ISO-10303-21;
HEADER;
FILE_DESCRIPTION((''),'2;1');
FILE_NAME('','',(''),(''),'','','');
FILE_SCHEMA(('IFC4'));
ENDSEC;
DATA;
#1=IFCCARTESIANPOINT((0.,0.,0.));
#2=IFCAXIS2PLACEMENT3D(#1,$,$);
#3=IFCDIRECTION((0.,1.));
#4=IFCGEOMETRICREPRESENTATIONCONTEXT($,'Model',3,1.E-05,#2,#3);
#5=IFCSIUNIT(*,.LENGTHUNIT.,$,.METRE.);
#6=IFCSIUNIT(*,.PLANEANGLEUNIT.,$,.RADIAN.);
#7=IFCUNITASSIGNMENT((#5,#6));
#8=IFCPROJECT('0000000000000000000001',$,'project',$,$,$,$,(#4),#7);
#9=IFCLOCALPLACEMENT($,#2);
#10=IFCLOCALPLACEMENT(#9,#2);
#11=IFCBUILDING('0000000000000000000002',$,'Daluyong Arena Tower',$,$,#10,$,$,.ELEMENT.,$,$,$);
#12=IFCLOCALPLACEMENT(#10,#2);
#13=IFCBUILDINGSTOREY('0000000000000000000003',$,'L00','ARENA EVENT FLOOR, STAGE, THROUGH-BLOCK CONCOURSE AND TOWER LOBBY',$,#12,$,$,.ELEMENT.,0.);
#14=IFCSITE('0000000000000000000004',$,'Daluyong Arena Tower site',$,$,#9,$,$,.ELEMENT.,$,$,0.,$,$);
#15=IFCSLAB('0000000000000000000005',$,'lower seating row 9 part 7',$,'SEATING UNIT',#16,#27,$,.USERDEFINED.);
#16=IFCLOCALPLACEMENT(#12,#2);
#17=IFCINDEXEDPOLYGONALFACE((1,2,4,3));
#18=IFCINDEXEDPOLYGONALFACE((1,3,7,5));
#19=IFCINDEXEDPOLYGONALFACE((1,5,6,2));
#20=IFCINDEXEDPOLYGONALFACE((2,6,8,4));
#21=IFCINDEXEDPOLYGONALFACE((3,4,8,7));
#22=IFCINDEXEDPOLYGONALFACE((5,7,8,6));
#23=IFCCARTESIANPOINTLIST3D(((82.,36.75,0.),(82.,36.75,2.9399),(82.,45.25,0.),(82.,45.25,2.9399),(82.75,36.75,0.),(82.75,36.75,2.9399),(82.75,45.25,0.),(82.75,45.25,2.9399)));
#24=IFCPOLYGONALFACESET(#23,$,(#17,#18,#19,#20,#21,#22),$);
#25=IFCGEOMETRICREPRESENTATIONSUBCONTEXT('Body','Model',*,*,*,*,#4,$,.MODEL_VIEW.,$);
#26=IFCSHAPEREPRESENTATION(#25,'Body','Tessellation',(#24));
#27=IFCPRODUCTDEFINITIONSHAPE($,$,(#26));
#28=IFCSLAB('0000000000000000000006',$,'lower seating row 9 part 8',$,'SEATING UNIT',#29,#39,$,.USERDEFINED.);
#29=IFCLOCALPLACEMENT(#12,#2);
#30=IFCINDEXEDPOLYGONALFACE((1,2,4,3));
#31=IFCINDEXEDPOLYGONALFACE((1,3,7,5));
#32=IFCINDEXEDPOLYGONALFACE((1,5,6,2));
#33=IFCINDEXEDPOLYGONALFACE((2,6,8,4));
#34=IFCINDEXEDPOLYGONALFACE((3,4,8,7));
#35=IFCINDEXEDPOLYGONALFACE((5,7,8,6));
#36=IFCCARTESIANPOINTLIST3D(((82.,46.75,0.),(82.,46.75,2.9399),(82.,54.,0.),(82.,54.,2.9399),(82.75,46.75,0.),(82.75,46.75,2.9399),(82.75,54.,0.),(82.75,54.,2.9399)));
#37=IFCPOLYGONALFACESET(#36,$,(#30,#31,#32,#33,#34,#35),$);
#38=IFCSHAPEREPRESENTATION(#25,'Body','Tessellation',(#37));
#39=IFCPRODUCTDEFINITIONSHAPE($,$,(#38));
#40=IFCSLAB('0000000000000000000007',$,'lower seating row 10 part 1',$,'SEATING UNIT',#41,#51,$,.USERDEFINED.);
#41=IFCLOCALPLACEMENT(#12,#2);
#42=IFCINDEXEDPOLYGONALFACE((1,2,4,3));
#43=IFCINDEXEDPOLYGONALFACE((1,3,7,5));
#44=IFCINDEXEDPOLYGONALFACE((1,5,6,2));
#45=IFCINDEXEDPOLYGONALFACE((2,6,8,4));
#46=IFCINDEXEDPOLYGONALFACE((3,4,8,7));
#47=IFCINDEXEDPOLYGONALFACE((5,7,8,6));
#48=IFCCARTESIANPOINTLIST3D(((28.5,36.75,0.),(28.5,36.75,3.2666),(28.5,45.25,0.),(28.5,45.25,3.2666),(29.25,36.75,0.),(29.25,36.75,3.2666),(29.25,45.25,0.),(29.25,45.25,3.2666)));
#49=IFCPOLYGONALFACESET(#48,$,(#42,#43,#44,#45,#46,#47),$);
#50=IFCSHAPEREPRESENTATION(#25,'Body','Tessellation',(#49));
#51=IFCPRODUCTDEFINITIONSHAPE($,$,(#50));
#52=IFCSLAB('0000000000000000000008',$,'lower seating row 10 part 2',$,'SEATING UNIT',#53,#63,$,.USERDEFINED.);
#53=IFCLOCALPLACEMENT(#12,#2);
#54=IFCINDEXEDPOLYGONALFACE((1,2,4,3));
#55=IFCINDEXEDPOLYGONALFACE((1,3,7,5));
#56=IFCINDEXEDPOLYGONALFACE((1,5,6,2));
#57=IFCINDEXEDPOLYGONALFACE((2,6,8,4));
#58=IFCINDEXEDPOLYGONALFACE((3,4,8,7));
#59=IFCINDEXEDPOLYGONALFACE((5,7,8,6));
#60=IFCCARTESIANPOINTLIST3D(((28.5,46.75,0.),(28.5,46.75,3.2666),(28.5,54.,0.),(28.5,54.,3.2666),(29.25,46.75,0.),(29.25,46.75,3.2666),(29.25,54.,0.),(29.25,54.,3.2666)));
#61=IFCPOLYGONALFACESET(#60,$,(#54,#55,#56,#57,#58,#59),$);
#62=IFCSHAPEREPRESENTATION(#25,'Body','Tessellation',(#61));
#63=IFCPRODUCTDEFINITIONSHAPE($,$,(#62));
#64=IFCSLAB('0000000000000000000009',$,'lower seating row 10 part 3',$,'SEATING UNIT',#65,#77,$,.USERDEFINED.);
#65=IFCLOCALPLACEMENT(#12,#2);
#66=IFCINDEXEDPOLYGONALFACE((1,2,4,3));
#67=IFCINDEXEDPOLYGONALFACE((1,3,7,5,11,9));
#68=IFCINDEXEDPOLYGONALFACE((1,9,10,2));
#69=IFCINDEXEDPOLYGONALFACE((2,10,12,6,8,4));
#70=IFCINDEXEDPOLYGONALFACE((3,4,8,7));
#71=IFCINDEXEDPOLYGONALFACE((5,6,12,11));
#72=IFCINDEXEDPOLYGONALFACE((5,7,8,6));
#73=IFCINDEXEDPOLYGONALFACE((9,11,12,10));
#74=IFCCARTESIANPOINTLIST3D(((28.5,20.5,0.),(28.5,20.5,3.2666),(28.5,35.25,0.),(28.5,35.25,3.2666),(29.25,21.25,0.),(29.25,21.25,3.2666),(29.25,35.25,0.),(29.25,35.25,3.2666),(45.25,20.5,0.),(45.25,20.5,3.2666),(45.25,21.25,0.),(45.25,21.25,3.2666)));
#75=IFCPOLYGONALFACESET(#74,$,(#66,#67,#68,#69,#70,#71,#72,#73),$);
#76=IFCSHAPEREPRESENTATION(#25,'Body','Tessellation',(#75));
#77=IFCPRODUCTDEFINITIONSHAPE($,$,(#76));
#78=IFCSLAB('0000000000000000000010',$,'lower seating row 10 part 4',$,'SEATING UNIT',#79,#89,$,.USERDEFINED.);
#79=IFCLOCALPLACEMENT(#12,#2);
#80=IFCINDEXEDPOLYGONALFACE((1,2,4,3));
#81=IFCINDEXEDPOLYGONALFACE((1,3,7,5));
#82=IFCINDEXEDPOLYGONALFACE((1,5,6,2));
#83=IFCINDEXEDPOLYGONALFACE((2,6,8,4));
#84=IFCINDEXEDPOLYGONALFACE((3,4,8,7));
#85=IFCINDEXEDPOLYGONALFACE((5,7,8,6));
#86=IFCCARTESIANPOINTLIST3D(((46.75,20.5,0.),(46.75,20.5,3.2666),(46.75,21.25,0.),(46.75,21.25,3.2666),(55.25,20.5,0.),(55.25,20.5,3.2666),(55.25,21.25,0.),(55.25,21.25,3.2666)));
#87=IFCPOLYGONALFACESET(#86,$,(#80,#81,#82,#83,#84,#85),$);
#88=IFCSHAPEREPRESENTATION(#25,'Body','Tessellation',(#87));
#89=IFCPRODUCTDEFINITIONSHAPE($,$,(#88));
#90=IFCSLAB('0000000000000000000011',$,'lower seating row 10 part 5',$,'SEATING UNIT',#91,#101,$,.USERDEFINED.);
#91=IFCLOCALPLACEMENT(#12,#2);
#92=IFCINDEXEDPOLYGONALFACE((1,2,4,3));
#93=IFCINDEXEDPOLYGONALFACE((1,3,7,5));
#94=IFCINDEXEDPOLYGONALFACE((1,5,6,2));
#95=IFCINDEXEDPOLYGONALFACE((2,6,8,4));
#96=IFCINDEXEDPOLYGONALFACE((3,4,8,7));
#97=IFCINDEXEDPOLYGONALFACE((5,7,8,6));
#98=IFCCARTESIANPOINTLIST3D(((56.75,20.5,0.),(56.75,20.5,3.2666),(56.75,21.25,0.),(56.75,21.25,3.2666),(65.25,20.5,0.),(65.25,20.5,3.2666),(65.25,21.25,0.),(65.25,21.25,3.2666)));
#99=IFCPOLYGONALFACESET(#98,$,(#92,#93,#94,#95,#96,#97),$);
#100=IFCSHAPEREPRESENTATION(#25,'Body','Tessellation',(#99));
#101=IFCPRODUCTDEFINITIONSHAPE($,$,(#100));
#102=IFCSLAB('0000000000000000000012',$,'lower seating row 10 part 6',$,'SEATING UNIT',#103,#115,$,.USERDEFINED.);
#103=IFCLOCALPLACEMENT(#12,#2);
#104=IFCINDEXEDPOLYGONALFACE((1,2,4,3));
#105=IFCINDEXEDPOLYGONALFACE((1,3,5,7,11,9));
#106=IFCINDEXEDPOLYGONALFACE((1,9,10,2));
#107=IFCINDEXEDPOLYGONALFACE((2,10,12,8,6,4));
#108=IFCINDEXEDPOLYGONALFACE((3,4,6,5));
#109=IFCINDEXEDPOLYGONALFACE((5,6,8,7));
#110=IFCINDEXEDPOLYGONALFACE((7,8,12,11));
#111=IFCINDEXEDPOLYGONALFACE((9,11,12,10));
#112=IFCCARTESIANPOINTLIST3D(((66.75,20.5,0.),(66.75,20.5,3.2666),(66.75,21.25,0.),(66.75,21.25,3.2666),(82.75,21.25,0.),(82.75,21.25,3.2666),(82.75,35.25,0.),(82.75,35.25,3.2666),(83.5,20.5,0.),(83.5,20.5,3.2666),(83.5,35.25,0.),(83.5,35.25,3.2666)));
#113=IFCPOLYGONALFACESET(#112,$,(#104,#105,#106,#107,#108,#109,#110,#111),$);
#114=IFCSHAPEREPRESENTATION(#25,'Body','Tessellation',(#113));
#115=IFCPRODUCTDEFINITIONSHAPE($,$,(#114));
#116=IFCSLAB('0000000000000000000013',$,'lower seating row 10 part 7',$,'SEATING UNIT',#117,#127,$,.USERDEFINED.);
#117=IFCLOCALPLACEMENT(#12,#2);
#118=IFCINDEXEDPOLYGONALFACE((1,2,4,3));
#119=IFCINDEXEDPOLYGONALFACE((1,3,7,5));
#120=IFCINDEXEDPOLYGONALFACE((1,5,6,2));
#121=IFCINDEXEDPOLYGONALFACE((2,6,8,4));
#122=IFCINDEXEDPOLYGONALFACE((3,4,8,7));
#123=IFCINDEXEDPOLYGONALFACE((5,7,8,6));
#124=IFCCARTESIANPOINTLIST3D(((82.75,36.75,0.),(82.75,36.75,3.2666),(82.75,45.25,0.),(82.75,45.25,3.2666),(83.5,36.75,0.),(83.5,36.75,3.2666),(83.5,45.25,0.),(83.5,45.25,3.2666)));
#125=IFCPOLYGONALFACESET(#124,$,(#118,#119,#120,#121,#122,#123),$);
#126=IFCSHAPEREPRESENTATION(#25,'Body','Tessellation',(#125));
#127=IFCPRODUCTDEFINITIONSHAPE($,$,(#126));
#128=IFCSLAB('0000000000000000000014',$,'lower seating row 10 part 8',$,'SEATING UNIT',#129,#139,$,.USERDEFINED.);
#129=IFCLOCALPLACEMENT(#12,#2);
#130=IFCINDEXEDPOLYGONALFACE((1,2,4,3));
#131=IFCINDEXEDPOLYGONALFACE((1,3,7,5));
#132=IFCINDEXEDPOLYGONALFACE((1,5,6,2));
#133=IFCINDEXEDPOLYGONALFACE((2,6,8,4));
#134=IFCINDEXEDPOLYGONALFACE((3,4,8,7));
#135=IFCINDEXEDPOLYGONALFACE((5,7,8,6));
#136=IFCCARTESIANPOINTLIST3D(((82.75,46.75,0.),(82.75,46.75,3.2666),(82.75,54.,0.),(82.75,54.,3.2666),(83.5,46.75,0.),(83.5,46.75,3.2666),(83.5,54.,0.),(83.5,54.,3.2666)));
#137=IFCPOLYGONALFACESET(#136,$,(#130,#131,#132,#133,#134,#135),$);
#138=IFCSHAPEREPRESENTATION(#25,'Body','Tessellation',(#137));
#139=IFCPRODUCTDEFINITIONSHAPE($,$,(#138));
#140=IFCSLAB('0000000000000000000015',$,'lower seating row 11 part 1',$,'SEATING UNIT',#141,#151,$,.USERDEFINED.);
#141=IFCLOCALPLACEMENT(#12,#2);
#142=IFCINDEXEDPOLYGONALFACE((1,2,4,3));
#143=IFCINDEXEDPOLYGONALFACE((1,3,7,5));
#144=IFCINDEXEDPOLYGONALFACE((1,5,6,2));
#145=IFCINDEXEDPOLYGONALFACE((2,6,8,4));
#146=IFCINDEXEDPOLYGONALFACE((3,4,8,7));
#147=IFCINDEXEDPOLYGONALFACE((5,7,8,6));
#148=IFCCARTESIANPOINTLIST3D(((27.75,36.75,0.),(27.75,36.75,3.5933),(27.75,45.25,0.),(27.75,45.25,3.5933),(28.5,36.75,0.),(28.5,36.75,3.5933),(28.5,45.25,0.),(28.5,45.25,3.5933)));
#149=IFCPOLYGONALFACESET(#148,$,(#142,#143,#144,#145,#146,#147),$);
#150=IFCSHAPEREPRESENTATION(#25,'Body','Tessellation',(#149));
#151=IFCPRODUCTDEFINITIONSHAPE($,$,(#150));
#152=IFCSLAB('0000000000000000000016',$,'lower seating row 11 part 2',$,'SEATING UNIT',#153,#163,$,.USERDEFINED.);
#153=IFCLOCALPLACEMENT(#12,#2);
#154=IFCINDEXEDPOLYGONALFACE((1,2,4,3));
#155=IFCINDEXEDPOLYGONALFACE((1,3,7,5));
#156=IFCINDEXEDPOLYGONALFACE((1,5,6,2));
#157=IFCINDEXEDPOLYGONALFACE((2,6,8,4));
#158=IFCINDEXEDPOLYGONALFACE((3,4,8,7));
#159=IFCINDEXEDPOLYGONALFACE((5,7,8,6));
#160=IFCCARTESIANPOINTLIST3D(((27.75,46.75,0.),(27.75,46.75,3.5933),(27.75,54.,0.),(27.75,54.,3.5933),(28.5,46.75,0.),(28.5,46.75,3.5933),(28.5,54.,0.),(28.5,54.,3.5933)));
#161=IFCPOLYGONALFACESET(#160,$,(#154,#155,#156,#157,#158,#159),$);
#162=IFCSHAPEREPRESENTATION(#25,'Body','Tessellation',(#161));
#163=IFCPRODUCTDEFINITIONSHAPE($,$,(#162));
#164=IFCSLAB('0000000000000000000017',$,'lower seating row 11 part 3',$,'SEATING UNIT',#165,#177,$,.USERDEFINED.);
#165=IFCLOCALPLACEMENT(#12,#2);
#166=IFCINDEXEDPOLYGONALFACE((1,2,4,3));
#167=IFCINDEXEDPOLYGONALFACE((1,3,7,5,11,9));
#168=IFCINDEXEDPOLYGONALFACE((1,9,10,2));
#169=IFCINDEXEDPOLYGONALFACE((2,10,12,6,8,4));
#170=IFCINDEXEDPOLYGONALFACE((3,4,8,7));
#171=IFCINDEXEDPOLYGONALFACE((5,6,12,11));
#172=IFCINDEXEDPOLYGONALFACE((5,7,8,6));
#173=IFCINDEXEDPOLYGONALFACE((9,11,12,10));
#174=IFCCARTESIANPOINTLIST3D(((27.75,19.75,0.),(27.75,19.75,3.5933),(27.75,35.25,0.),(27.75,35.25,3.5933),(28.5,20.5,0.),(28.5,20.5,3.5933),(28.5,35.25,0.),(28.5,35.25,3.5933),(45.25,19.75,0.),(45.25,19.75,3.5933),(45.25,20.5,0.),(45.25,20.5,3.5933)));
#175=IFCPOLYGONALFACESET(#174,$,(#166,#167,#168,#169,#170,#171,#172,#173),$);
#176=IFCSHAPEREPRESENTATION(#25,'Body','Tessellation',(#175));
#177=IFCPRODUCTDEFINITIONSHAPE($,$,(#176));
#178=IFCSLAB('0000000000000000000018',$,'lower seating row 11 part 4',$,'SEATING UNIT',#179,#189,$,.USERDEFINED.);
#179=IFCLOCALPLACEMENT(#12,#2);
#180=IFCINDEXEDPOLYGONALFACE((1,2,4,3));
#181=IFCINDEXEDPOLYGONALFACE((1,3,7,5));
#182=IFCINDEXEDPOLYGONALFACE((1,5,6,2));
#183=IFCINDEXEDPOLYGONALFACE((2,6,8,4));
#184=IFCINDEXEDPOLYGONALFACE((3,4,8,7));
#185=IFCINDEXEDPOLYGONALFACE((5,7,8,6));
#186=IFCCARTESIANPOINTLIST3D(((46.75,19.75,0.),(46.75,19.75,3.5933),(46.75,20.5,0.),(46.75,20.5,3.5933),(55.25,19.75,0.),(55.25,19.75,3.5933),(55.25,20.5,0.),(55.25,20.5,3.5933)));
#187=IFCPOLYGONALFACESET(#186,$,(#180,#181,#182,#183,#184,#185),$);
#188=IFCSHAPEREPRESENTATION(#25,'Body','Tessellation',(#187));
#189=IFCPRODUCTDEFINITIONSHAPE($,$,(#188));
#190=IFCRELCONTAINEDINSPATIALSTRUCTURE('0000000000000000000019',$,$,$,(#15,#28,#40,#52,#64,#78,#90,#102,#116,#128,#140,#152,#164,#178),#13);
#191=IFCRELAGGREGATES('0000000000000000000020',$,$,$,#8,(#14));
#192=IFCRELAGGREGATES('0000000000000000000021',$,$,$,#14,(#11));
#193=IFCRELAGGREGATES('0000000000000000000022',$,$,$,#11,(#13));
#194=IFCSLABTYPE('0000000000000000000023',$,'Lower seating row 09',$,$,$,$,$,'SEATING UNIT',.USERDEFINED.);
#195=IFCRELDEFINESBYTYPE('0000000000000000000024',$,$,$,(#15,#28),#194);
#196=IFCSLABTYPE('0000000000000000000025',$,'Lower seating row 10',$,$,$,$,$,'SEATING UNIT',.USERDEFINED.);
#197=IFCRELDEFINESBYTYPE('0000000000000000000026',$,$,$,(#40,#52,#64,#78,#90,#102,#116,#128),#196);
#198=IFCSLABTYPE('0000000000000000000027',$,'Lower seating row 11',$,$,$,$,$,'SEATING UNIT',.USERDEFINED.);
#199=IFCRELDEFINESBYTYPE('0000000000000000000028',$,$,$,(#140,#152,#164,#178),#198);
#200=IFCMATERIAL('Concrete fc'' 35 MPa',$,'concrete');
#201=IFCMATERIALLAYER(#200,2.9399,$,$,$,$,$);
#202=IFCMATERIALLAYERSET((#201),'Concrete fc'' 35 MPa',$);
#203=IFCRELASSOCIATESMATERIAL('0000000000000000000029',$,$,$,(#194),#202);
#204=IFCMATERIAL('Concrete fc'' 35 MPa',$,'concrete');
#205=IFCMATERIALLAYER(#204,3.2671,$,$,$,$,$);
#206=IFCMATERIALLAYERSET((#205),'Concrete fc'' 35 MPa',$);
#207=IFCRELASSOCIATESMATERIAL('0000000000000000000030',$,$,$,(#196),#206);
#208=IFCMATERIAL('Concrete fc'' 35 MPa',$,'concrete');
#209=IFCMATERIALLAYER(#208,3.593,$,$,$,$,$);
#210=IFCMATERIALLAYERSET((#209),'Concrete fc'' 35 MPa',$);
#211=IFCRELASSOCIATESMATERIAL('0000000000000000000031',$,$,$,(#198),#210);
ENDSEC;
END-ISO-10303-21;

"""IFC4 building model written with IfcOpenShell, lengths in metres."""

from ifc_helpers import new_model, si_unit, direction, origin, place, context, subcontext, project, spatial, polyline, outline, extrude, material, layer, layer_set, type_object, element, save


model = new_model("IFC4")

# Units and contexts
model_context = context("Model", 3, precision=1e-05, world=origin(), true_north=direction((0.0, 1.0)))
body_context = subcontext(model_context, "Body", "Model", "MODEL_VIEW")
ifc_project = project(units=[si_unit("LENGTHUNIT", "METRE"), si_unit("PLANEANGLEUNIT", "RADIAN")], contexts=[model_context])

# Site, building, storey
site_placement = place(None, origin())
site = spatial("IfcSite", under=ifc_project, at=site_placement, Name="Daluyong Arena Tower site", CompositionType="ELEMENT", RefElevation=0.0)
building_placement = place(site_placement, origin())
building = spatial("IfcBuilding", under=site, at=building_placement, Name="Daluyong Arena Tower", CompositionType="ELEMENT")
storey_placement = place(building_placement, origin())
storey = spatial("IfcBuildingStorey", under=building, at=storey_placement, Name="L00", Description="ARENA EVENT FLOOR, STAGE, THROUGH-BLOCK CONCOURSE AND TOWER LOBBY", CompositionType="ELEMENT", Elevation=0.0)

# Slabs
ifc_material_1 = material(Name="Concrete fc' 35 MPa", Category="concrete")
ifc_layer_1 = layer(ifc_material_1, 2.9399)
ifc_layer_set_1 = layer_set([ifc_layer_1], Name="Concrete fc' 35 MPa")
slab_type_1 = type_object("IfcSlabType", Name="Lower seating row 09", ElementType="SEATING UNIT", PredefinedType="USERDEFINED", material=ifc_layer_set_1)
slab_1_placement = place(storey_placement, origin())
element("IfcSlab", 1, at=slab_1_placement, inside=storey, type_object=slab_type_1, Name="lower seating row 9 part 7", ObjectType="SEATING UNIT", PredefinedType="USERDEFINED", context=body_context, shape_type="SweptSolid", body=[
    extrude(outline(polyline([(82.75, 36.75), (82.75, 45.25), (82.0, 45.25), (82.0, 36.75), (82.75, 36.75)])), origin(), (0.0, 0.0, 1.0), 2.9399),
])
slab_2_placement = place(storey_placement, origin())
element("IfcSlab", 2, at=slab_2_placement, inside=storey, type_object=slab_type_1, Name="lower seating row 9 part 8", ObjectType="SEATING UNIT", PredefinedType="USERDEFINED", context=body_context, shape_type="SweptSolid", body=[
    extrude(outline(polyline([(82.75, 46.75), (82.75, 54.0), (82.0, 54.0), (82.0, 46.75), (82.75, 46.75)])), origin(), (0.0, 0.0, 1.0), 2.9399),
])
ifc_material_2 = material(Name="Concrete fc' 35 MPa", Category="concrete")
ifc_layer_2 = layer(ifc_material_2, 3.2671)
ifc_layer_set_2 = layer_set([ifc_layer_2], Name="Concrete fc' 35 MPa")
slab_type_2 = type_object("IfcSlabType", Name="Lower seating row 10", ElementType="SEATING UNIT", PredefinedType="USERDEFINED", material=ifc_layer_set_2)
slab_3_placement = place(storey_placement, origin())
element("IfcSlab", 3, at=slab_3_placement, inside=storey, type_object=slab_type_2, Name="lower seating row 10 part 1", ObjectType="SEATING UNIT", PredefinedType="USERDEFINED", context=body_context, shape_type="SweptSolid", body=[
    extrude(outline(polyline([(28.5, 45.25), (28.5, 36.75), (29.25, 36.75), (29.25, 45.25), (28.5, 45.25)])), origin(), (0.0, 0.0, 1.0), 3.2666),
])
slab_4_placement = place(storey_placement, origin())
element("IfcSlab", 4, at=slab_4_placement, inside=storey, type_object=slab_type_2, Name="lower seating row 10 part 2", ObjectType="SEATING UNIT", PredefinedType="USERDEFINED", context=body_context, shape_type="SweptSolid", body=[
    extrude(outline(polyline([(28.5, 54.0), (28.5, 46.75), (29.25, 46.75), (29.25, 54.0), (28.5, 54.0)])), origin(), (0.0, 0.0, 1.0), 3.2666),
])
slab_5_placement = place(storey_placement, origin())
element("IfcSlab", 5, at=slab_5_placement, inside=storey, type_object=slab_type_2, Name="lower seating row 10 part 3", ObjectType="SEATING UNIT", PredefinedType="USERDEFINED", context=body_context, shape_type="SweptSolid", body=[
    extrude(outline(polyline([(28.5, 20.5), (45.25, 20.5), (45.25, 21.25), (29.25, 21.25), (29.25, 35.25), (28.5, 35.25), (28.5, 20.5)])), origin(), (0.0, 0.0, 1.0), 3.2666),
])
slab_6_placement = place(storey_placement, origin())
element("IfcSlab", 6, at=slab_6_placement, inside=storey, type_object=slab_type_2, Name="lower seating row 10 part 4", ObjectType="SEATING UNIT", PredefinedType="USERDEFINED", context=body_context, shape_type="SweptSolid", body=[
    extrude(outline(polyline([(46.75, 20.5), (55.25, 20.5), (55.25, 21.25), (46.75, 21.25), (46.75, 20.5)])), origin(), (0.0, 0.0, 1.0), 3.2666),
])
slab_7_placement = place(storey_placement, origin())
element("IfcSlab", 7, at=slab_7_placement, inside=storey, type_object=slab_type_2, Name="lower seating row 10 part 5", ObjectType="SEATING UNIT", PredefinedType="USERDEFINED", context=body_context, shape_type="SweptSolid", body=[
    extrude(outline(polyline([(56.75, 20.5), (65.25, 20.5), (65.25, 21.25), (56.75, 21.25), (56.75, 20.5)])), origin(), (0.0, 0.0, 1.0), 3.2666),
])
slab_8_placement = place(storey_placement, origin())
element("IfcSlab", 8, at=slab_8_placement, inside=storey, type_object=slab_type_2, Name="lower seating row 10 part 6", ObjectType="SEATING UNIT", PredefinedType="USERDEFINED", context=body_context, shape_type="SweptSolid", body=[
    extrude(outline(polyline([(83.5, 20.5), (83.5, 35.25), (82.75, 35.25), (82.75, 21.25), (66.75, 21.25), (66.75, 20.5), (83.5, 20.5)])), origin(), (0.0, 0.0, 1.0), 3.2666),
])
slab_9_placement = place(storey_placement, origin())
element("IfcSlab", 9, at=slab_9_placement, inside=storey, type_object=slab_type_2, Name="lower seating row 10 part 7", ObjectType="SEATING UNIT", PredefinedType="USERDEFINED", context=body_context, shape_type="SweptSolid", body=[
    extrude(outline(polyline([(83.5, 36.75), (83.5, 45.25), (82.75, 45.25), (82.75, 36.75), (83.5, 36.75)])), origin(), (0.0, 0.0, 1.0), 3.2666),
])
slab_10_placement = place(storey_placement, origin())
element("IfcSlab", 10, at=slab_10_placement, inside=storey, type_object=slab_type_2, Name="lower seating row 10 part 8", ObjectType="SEATING UNIT", PredefinedType="USERDEFINED", context=body_context, shape_type="SweptSolid", body=[
    extrude(outline(polyline([(83.5, 46.75), (83.5, 54.0), (82.75, 54.0), (82.75, 46.75), (83.5, 46.75)])), origin(), (0.0, 0.0, 1.0), 3.2666),
])
ifc_material_3 = material(Name="Concrete fc' 35 MPa", Category="concrete")
ifc_layer_3 = layer(ifc_material_3, 3.593)
ifc_layer_set_3 = layer_set([ifc_layer_3], Name="Concrete fc' 35 MPa")
slab_type_3 = type_object("IfcSlabType", Name="Lower seating row 11", ElementType="SEATING UNIT", PredefinedType="USERDEFINED", material=ifc_layer_set_3)
slab_11_placement = place(storey_placement, origin())
element("IfcSlab", 11, at=slab_11_placement, inside=storey, type_object=slab_type_3, Name="lower seating row 11 part 1", ObjectType="SEATING UNIT", PredefinedType="USERDEFINED", context=body_context, shape_type="SweptSolid", body=[
    extrude(outline(polyline([(27.75, 45.25), (27.75, 36.75), (28.5, 36.75), (28.5, 45.25), (27.75, 45.25)])), origin(), (0.0, 0.0, 1.0), 3.5933),
])
slab_12_placement = place(storey_placement, origin())
element("IfcSlab", 12, at=slab_12_placement, inside=storey, type_object=slab_type_3, Name="lower seating row 11 part 2", ObjectType="SEATING UNIT", PredefinedType="USERDEFINED", context=body_context, shape_type="SweptSolid", body=[
    extrude(outline(polyline([(27.75, 54.0), (27.75, 46.75), (28.5, 46.75), (28.5, 54.0), (27.75, 54.0)])), origin(), (0.0, 0.0, 1.0), 3.5933),
])
slab_13_placement = place(storey_placement, origin())
element("IfcSlab", 13, at=slab_13_placement, inside=storey, type_object=slab_type_3, Name="lower seating row 11 part 3", ObjectType="SEATING UNIT", PredefinedType="USERDEFINED", context=body_context, shape_type="SweptSolid", body=[
    extrude(outline(polyline([(27.75, 19.75), (45.25, 19.75), (45.25, 20.5), (28.5, 20.5), (28.5, 35.25), (27.75, 35.25), (27.75, 19.75)])), origin(), (0.0, 0.0, 1.0), 3.5933),
])
slab_14_placement = place(storey_placement, origin())
element("IfcSlab", 14, at=slab_14_placement, inside=storey, type_object=slab_type_3, Name="lower seating row 11 part 4", ObjectType="SEATING UNIT", PredefinedType="USERDEFINED", context=body_context, shape_type="SweptSolid", body=[
    extrude(outline(polyline([(46.75, 19.75), (55.25, 19.75), (55.25, 20.5), (46.75, 20.5), (46.75, 19.75)])), origin(), (0.0, 0.0, 1.0), 3.5933),
])

save(model, "model.ifc")
